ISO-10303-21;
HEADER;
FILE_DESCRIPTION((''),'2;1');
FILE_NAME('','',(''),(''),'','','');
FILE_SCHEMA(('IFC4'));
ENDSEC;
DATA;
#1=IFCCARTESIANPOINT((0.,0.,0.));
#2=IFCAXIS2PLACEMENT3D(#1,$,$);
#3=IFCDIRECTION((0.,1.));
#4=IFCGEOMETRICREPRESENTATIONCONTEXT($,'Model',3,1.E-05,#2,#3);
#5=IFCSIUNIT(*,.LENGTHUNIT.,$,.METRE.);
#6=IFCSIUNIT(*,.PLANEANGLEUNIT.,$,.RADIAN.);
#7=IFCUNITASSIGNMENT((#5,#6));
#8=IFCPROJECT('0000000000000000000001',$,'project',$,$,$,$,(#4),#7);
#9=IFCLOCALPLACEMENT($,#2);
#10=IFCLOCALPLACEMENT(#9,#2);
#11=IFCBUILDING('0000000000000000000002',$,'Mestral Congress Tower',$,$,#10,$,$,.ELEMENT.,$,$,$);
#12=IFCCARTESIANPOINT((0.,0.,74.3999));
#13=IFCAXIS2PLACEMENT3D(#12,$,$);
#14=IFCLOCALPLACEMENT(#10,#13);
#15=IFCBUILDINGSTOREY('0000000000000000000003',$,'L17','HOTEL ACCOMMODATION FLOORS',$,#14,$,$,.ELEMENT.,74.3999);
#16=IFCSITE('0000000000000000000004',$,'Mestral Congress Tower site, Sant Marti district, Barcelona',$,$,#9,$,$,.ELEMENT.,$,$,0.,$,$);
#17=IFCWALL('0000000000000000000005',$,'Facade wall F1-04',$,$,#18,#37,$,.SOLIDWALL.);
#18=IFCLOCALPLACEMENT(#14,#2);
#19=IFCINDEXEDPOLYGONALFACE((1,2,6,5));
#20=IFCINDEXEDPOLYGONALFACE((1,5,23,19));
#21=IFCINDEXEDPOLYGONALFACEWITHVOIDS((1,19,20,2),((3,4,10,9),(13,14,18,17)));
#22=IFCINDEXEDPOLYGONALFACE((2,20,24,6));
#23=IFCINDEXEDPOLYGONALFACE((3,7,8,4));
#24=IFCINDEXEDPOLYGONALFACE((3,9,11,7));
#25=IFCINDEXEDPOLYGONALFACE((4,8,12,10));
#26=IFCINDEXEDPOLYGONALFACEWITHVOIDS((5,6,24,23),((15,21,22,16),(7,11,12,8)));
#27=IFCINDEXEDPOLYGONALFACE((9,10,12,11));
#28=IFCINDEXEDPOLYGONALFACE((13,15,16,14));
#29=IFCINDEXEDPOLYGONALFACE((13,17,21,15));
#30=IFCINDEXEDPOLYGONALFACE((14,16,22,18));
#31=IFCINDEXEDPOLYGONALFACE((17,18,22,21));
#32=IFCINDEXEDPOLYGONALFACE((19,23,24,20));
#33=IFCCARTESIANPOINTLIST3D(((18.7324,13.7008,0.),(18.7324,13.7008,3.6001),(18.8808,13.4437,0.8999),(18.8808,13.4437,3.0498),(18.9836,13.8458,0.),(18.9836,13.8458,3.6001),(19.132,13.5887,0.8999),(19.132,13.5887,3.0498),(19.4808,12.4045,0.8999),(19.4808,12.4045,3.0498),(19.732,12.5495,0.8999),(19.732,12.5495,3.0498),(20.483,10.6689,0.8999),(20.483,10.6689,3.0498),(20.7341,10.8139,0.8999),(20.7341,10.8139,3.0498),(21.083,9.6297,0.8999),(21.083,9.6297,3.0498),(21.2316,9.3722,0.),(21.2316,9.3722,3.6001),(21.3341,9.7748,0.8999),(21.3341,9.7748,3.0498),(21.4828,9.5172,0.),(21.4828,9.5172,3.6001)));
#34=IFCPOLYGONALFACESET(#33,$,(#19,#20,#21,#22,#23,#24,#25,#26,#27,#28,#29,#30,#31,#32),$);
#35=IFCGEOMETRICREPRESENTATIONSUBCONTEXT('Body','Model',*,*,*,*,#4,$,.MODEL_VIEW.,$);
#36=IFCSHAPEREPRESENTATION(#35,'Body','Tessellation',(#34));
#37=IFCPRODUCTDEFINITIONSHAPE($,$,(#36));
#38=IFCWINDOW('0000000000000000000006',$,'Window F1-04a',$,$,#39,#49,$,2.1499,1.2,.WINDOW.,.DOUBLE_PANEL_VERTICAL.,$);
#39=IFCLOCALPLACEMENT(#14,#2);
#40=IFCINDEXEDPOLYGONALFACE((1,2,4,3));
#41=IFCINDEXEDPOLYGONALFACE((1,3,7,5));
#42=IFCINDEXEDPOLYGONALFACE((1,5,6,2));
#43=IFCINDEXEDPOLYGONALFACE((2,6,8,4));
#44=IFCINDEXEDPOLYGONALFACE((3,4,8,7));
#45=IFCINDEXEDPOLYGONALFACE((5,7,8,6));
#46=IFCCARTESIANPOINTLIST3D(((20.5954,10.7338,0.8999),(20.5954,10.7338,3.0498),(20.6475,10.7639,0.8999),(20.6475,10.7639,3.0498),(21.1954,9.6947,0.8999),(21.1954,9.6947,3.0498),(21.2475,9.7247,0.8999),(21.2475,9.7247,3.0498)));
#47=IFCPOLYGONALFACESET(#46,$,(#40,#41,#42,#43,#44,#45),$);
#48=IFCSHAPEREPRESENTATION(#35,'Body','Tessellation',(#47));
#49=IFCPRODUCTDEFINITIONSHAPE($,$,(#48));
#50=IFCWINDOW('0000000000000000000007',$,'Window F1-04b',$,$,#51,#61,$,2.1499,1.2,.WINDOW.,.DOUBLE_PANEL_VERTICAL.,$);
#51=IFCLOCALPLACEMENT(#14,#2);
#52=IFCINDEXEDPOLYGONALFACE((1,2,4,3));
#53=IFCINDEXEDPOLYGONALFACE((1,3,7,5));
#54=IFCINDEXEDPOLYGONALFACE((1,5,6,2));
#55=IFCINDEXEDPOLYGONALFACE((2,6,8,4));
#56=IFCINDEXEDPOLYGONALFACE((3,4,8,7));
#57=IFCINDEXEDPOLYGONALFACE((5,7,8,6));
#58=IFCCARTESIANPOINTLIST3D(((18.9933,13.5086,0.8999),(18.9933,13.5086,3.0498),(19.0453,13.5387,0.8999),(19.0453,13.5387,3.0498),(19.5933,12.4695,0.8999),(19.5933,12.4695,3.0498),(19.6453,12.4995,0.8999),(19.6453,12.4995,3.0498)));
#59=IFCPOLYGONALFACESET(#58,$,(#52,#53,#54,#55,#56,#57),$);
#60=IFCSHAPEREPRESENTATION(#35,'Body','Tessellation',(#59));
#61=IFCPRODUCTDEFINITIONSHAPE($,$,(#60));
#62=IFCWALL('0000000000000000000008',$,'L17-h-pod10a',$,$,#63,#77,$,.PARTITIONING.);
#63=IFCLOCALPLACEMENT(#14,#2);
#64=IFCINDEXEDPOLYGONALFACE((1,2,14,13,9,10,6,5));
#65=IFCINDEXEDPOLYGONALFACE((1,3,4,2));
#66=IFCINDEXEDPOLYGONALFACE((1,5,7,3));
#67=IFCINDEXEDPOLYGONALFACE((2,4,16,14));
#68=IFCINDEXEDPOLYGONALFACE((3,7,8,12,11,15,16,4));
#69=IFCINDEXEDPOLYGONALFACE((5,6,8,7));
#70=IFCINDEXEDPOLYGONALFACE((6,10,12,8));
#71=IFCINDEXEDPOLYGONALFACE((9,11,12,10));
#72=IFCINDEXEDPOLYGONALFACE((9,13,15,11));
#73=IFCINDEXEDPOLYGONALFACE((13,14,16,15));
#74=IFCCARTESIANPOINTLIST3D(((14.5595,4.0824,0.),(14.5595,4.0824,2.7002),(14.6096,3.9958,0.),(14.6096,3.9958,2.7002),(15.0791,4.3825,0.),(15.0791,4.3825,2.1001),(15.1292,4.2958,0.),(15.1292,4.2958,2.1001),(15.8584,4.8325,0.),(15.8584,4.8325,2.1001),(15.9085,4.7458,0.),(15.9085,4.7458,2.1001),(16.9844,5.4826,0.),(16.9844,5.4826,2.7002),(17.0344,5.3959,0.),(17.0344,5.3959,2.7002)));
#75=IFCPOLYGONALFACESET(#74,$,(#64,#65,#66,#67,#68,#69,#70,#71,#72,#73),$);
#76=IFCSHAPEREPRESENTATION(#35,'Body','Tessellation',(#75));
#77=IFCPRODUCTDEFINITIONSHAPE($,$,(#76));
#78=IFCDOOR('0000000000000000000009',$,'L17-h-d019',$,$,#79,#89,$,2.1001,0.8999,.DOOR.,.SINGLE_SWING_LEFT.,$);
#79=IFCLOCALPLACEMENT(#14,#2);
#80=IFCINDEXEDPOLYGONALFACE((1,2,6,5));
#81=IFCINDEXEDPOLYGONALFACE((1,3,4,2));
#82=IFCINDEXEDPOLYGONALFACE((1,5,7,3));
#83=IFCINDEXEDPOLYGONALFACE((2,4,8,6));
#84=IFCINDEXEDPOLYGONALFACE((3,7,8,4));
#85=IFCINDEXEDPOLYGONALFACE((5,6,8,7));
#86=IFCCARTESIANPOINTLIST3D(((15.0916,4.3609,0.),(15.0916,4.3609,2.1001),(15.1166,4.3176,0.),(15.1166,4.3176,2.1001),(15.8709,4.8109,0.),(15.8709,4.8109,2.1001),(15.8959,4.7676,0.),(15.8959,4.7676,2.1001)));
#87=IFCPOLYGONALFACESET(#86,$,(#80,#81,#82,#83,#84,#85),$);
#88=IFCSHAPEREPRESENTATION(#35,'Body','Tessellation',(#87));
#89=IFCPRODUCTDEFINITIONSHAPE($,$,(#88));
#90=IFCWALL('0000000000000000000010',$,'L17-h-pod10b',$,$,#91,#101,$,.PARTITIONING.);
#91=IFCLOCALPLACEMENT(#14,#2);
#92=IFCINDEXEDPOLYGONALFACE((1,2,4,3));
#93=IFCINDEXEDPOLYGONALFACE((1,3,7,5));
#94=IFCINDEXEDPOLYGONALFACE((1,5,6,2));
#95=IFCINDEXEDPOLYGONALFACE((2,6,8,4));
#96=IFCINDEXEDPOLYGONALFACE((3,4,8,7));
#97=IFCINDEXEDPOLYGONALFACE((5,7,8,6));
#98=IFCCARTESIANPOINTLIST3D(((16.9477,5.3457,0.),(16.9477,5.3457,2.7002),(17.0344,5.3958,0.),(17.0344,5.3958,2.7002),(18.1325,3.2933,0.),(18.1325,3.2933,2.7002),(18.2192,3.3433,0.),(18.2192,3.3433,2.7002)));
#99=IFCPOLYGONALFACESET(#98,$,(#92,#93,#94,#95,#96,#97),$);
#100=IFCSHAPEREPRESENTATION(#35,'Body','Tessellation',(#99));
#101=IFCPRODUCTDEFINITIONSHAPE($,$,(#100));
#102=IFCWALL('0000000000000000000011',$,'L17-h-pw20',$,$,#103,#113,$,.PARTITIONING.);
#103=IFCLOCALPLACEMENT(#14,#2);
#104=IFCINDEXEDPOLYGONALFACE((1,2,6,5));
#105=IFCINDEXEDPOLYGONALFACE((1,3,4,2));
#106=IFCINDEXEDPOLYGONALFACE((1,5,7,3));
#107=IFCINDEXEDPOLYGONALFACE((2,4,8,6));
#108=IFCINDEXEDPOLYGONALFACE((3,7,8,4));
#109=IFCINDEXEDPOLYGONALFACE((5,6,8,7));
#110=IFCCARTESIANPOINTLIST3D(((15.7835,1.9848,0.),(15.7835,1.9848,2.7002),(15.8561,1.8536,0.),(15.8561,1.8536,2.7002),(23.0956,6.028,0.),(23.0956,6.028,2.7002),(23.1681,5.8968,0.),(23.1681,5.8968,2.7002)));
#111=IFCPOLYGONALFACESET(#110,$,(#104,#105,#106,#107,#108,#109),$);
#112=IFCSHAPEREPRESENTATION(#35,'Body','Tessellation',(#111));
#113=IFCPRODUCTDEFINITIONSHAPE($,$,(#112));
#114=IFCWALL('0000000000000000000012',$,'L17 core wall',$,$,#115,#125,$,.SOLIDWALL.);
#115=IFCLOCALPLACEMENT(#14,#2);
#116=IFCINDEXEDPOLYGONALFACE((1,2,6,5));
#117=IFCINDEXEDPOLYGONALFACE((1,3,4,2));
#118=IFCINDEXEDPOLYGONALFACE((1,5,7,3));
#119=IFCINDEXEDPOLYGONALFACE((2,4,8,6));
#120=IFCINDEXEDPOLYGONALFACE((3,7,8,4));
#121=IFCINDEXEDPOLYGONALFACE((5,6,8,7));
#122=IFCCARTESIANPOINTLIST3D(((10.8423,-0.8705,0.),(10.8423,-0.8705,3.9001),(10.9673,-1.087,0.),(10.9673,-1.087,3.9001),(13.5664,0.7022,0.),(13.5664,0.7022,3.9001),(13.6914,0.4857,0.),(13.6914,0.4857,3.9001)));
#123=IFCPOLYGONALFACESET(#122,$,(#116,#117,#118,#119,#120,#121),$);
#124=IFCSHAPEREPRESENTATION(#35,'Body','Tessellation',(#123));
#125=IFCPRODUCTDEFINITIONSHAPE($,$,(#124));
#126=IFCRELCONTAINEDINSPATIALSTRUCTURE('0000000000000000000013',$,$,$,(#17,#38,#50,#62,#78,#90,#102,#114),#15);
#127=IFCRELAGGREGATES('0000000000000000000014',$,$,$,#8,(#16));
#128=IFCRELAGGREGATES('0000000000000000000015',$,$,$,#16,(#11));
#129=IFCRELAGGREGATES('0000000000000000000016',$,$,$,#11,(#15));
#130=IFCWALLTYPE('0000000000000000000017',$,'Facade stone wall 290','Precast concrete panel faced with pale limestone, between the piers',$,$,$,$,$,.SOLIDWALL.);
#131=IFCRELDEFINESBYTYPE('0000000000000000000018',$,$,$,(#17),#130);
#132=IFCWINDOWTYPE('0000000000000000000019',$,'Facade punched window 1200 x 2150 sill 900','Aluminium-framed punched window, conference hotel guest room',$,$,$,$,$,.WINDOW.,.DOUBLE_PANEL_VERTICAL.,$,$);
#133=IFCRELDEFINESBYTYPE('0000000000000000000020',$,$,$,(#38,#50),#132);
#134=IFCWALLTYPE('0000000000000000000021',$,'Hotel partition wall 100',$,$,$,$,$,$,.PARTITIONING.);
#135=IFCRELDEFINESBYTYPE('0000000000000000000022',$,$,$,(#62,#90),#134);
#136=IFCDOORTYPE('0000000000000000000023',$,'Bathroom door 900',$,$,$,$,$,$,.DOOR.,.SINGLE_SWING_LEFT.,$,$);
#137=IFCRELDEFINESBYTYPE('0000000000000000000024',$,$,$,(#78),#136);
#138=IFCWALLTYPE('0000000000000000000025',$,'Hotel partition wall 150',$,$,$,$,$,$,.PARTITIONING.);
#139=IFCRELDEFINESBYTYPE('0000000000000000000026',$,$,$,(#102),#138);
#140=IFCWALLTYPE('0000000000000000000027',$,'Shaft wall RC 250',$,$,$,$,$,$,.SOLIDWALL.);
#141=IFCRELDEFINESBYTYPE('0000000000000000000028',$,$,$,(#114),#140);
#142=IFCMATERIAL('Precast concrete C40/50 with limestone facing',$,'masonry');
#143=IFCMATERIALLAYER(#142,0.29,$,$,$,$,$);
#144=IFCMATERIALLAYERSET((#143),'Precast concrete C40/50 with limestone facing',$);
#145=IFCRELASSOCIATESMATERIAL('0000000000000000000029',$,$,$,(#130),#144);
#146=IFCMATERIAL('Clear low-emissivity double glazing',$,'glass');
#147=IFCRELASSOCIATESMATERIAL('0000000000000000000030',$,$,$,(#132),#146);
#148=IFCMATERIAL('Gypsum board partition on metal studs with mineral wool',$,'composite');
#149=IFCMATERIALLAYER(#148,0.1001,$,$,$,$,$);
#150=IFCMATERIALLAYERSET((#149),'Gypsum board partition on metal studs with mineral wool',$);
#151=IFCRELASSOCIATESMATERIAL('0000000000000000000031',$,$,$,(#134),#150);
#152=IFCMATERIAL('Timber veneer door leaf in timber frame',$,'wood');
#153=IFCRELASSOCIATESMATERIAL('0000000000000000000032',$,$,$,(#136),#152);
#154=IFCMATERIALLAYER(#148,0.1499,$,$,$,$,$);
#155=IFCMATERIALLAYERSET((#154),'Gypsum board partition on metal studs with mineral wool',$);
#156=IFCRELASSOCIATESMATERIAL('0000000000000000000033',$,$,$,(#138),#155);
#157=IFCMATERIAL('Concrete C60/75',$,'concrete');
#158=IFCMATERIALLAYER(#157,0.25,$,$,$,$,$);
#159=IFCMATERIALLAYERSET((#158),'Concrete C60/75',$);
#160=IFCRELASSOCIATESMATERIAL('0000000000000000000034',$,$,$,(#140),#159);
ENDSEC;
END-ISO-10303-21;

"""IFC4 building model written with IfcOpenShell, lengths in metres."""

from ifc_helpers import new_model, si_unit, direction, frame, frame_2d, origin, place, context, subcontext, project, spatial, rectangle, extrude, material, layer, layer_set, type_object, element, fill, save


model = new_model("IFC4")

# Units and contexts
model_context = context("Model", 3, precision=1e-05, world=origin(), true_north=direction((0.0, 1.0)))
body_context = subcontext(model_context, "Body", "Model", "MODEL_VIEW")
ifc_project = project(units=[si_unit("LENGTHUNIT", "METRE"), si_unit("PLANEANGLEUNIT", "RADIAN")], contexts=[model_context])

# Site, building, storey
site_placement = place(None, origin())
site = spatial("IfcSite", under=ifc_project, at=site_placement, Name="Mestral Congress Tower site, Sant Marti district, Barcelona", CompositionType="ELEMENT", RefElevation=0.0)
building_placement = place(site_placement, origin())
building = spatial("IfcBuilding", under=site, at=building_placement, Name="Mestral Congress Tower", CompositionType="ELEMENT")
storey_placement = place(building_placement, frame((0.0, 0.0, 74.3999)))
storey = spatial("IfcBuildingStorey", under=building, at=storey_placement, Name="L17", Description="HOTEL ACCOMMODATION FLOORS", CompositionType="ELEMENT", Elevation=74.3999)

# Wall, openings, windows
ifc_material_1 = material(Name="Precast concrete C40/50 with limestone facing", Category="masonry")
ifc_layer_1 = layer(ifc_material_1, 0.29)
ifc_layer_set_1 = layer_set([ifc_layer_1], Name="Precast concrete C40/50 with limestone facing")
wall_type_1 = type_object("IfcWallType", Name="Facade stone wall 290", Description="Precast concrete panel faced with pale limestone, between the piers", PredefinedType="SOLIDWALL", material=ifc_layer_set_1)
ifc_material_2 = material(Name="Clear low-emissivity double glazing", Category="glass")
window_type = type_object("IfcWindowType", Name="Facade punched window 1200 x 2150 sill 900", Description="Aluminium-framed punched window, conference hotel guest room", PartitioningType="DOUBLE_PANEL_VERTICAL", PredefinedType="WINDOW", material=ifc_material_2)
wall_1_placement = place(storey_placement, frame((21.3572, 9.4448, 0.0), z_axis=(0.0, 0.0, 1.0), x_axis=(-0.500021, 0.866013, 0.0)))
wall_1 = element("IfcWall", 1, at=wall_1_placement, inside=storey, type_object=wall_type_1, Name="Facade wall F1-04", PredefinedType="SOLIDWALL", context=body_context, shape_type="SweptSolid", body=[
    extrude(rectangle(XDim=4.9983, YDim=0.29, at=frame_2d((2.499, 0.0))), origin(), (0.0, 0.0, 1.0), 3.6001),
])
opening_1_placement = place(wall_1_placement, frame((0.2971, 0.0, 0.8999)))
opening_1 = element("IfcOpeningElement", 2, at=opening_1_placement, cuts=wall_1, PredefinedType="OPENING", context=body_context, shape_type="SweptSolid", body=[
    extrude(rectangle(XDim=1.2, YDim=2.1499, at=frame_2d((0.6001, 1.075))), frame((0.0, 0.155, 0.0), z_axis=(0.0, -1.0, 0.0), x_axis=(1.0, 0.0, 0.0)), (0.0, 0.0, 1.0), 0.3101),
])
opening_2_placement = place(wall_1_placement, frame((3.5012, 0.0, 0.8999)))
opening_2 = element("IfcOpeningElement", 3, at=opening_2_placement, cuts=wall_1, PredefinedType="OPENING", context=body_context, shape_type="SweptSolid", body=[
    extrude(rectangle(XDim=1.2, YDim=2.1499, at=frame_2d((0.6001, 1.075))), frame((0.0, 0.155, 0.0), z_axis=(0.0, -1.0, 0.0), x_axis=(1.0, 0.0, 0.0)), (0.0, 0.0, 1.0), 0.3101),
])
window_1_placement = place(opening_1_placement, origin())
window_1 = element("IfcWindow", 4, at=window_1_placement, inside=storey, type_object=window_type, Name="Window F1-04a", OverallHeight=2.1499, OverallWidth=1.2, PartitioningType="DOUBLE_PANEL_VERTICAL", PredefinedType="WINDOW", context=body_context, shape_type="SweptSolid", body=[
    extrude(rectangle(XDim=1.2, YDim=2.1499, at=frame_2d((0.6001, 1.075))), frame((0.0, 0.0151, 0.0), z_axis=(0.0, -1.0, 0.0), x_axis=(1.0, 0.0, 0.0)), (0.0, 0.0, 1.0), 0.0601),
])
fill(opening_1, window_1)
window_2_placement = place(opening_2_placement, origin())
window_2 = element("IfcWindow", 5, at=window_2_placement, inside=storey, type_object=window_type, Name="Window F1-04b", OverallHeight=2.1499, OverallWidth=1.2, PartitioningType="DOUBLE_PANEL_VERTICAL", PredefinedType="WINDOW", context=body_context, shape_type="SweptSolid", body=[
    extrude(rectangle(XDim=1.2, YDim=2.1499, at=frame_2d((0.6001, 1.075))), frame((0.0, 0.0151, 0.0), z_axis=(0.0, -1.0, 0.0), x_axis=(1.0, 0.0, 0.0)), (0.0, 0.0, 1.0), 0.0601),
])
fill(opening_2, window_2)

# Wall, opening, door
ifc_material_3 = material(Name="Gypsum board partition on metal studs with mineral wool", Category="composite")
ifc_layer_2 = layer(ifc_material_3, 0.1001)
ifc_layer_set_2 = layer_set([ifc_layer_2], Name="Gypsum board partition on metal studs with mineral wool")
wall_type_2 = type_object("IfcWallType", Name="Hotel partition wall 100", PredefinedType="PARTITIONING", material=ifc_layer_set_2)
wall_2_placement = place(storey_placement, frame((17.0093, 5.4392, 0.0), z_axis=(0.0, 0.0, 1.0), x_axis=(-0.865997, -0.50005, 0.0)))
wall_2 = element("IfcWall", 6, at=wall_2_placement, inside=storey, type_object=wall_type_2, Name="L17-h-pod10a", PredefinedType="PARTITIONING", context=body_context, shape_type="SweptSolid", body=[
    extrude(rectangle(XDim=2.8, YDim=0.1001, at=frame_2d((1.3999, 0.0))), origin(), (0.0, 0.0, 1.0), 2.7002),
])
opening_3_placement = place(wall_2_placement, frame((1.3, 0.0, 0.0)))
opening_3 = element("IfcOpeningElement", 7, at=opening_3_placement, cuts=wall_2, PredefinedType="OPENING", context=body_context, shape_type="SweptSolid", body=[
    extrude(rectangle(XDim=0.8999, YDim=2.1001, at=frame_2d((0.45, 1.05))), frame((0.0, 0.0601, 0.0), z_axis=(0.0, -1.0, 0.0), x_axis=(1.0, 0.0, 0.0)), (0.0, 0.0, 1.0), 0.1201),
])
ifc_material_4 = material(Name="Timber veneer door leaf in timber frame", Category="wood")
door_type = type_object("IfcDoorType", Name="Bathroom door 900", OperationType="SINGLE_SWING_LEFT", PredefinedType="DOOR", material=ifc_material_4)
door_placement = place(opening_3_placement, origin())
door = element("IfcDoor", 8, at=door_placement, inside=storey, type_object=door_type, Name="L17-h-d019", OperationType="SINGLE_SWING_LEFT", OverallHeight=2.1001, OverallWidth=0.8999, PredefinedType="DOOR", context=body_context, shape_type="SweptSolid", body=[
    extrude(rectangle(XDim=0.8999, YDim=2.1001, at=frame_2d((0.45, 1.05))), frame((0.0, 0.0249, 0.0), z_axis=(0.0, -1.0, 0.0), x_axis=(1.0, 0.0, 0.0)), (0.0, 0.0, 1.0), 0.05),
])
fill(opening_3, door)

# Walls
wall_3_placement = place(storey_placement, frame((16.991, 5.3708, 0.0), z_axis=(0.0, 0.0, 1.0), x_axis=(0.499939, -0.86606, 0.0)))
element("IfcWall", 9, at=wall_3_placement, inside=storey, type_object=wall_type_2, Name="L17-h-pod10b", PredefinedType="PARTITIONING", context=body_context, shape_type="SweptSolid", body=[
    extrude(rectangle(XDim=2.3699, YDim=0.1001, at=frame_2d((1.1851, 0.0))), origin(), (0.0, 0.0, 1.0), 2.7002),
])
ifc_layer_3 = layer(ifc_material_3, 0.1499)
ifc_layer_set_3 = layer_set([ifc_layer_3], Name="Gypsum board partition on metal studs with mineral wool")
wall_type_3 = type_object("IfcWallType", Name="Hotel partition wall 150", PredefinedType="PARTITIONING", material=ifc_layer_set_3)
wall_4_placement = place(storey_placement, frame((23.1318, 5.9624, 0.0), z_axis=(0.0, 0.0, 1.0), x_axis=(-0.875122, -0.483903, 0.0)))
element("IfcWall", 10, at=wall_4_placement, inside=storey, type_object=wall_type_3, Name="L17-h-pw20", PredefinedType="PARTITIONING", context=body_context, shape_type="SweptSolid", body=[
    extrude(rectangle(XDim=8.3555, YDim=0.1499, at=frame_2d((4.1777, 0.0))), origin(), (0.0, 0.0, 1.0), 2.7002),
])
ifc_material_5 = material(Name="Concrete C60/75", Category="concrete")
ifc_layer_4 = layer(ifc_material_5, 0.25)
ifc_layer_set_4 = layer_set([ifc_layer_4], Name="Concrete C60/75")
wall_type_4 = type_object("IfcWallType", Name="Shaft wall RC 250", PredefinedType="SOLIDWALL", material=ifc_layer_set_4)
wall_5_placement = place(storey_placement, frame((13.6289, 0.594, 0.0), z_axis=(0.0, 0.0, 1.0), x_axis=(-0.866028, -0.499996, 0.0)))
element("IfcWall", 11, at=wall_5_placement, inside=storey, type_object=wall_type_4, Name="L17 core wall", PredefinedType="SOLIDWALL", context=body_context, shape_type="SweptSolid", body=[
    extrude(rectangle(XDim=3.1455, YDim=0.25, at=frame_2d((1.5728, 0.0))), origin(), (0.0, 0.0, 1.0), 3.9001),
])

save(model, "model.ifc")
